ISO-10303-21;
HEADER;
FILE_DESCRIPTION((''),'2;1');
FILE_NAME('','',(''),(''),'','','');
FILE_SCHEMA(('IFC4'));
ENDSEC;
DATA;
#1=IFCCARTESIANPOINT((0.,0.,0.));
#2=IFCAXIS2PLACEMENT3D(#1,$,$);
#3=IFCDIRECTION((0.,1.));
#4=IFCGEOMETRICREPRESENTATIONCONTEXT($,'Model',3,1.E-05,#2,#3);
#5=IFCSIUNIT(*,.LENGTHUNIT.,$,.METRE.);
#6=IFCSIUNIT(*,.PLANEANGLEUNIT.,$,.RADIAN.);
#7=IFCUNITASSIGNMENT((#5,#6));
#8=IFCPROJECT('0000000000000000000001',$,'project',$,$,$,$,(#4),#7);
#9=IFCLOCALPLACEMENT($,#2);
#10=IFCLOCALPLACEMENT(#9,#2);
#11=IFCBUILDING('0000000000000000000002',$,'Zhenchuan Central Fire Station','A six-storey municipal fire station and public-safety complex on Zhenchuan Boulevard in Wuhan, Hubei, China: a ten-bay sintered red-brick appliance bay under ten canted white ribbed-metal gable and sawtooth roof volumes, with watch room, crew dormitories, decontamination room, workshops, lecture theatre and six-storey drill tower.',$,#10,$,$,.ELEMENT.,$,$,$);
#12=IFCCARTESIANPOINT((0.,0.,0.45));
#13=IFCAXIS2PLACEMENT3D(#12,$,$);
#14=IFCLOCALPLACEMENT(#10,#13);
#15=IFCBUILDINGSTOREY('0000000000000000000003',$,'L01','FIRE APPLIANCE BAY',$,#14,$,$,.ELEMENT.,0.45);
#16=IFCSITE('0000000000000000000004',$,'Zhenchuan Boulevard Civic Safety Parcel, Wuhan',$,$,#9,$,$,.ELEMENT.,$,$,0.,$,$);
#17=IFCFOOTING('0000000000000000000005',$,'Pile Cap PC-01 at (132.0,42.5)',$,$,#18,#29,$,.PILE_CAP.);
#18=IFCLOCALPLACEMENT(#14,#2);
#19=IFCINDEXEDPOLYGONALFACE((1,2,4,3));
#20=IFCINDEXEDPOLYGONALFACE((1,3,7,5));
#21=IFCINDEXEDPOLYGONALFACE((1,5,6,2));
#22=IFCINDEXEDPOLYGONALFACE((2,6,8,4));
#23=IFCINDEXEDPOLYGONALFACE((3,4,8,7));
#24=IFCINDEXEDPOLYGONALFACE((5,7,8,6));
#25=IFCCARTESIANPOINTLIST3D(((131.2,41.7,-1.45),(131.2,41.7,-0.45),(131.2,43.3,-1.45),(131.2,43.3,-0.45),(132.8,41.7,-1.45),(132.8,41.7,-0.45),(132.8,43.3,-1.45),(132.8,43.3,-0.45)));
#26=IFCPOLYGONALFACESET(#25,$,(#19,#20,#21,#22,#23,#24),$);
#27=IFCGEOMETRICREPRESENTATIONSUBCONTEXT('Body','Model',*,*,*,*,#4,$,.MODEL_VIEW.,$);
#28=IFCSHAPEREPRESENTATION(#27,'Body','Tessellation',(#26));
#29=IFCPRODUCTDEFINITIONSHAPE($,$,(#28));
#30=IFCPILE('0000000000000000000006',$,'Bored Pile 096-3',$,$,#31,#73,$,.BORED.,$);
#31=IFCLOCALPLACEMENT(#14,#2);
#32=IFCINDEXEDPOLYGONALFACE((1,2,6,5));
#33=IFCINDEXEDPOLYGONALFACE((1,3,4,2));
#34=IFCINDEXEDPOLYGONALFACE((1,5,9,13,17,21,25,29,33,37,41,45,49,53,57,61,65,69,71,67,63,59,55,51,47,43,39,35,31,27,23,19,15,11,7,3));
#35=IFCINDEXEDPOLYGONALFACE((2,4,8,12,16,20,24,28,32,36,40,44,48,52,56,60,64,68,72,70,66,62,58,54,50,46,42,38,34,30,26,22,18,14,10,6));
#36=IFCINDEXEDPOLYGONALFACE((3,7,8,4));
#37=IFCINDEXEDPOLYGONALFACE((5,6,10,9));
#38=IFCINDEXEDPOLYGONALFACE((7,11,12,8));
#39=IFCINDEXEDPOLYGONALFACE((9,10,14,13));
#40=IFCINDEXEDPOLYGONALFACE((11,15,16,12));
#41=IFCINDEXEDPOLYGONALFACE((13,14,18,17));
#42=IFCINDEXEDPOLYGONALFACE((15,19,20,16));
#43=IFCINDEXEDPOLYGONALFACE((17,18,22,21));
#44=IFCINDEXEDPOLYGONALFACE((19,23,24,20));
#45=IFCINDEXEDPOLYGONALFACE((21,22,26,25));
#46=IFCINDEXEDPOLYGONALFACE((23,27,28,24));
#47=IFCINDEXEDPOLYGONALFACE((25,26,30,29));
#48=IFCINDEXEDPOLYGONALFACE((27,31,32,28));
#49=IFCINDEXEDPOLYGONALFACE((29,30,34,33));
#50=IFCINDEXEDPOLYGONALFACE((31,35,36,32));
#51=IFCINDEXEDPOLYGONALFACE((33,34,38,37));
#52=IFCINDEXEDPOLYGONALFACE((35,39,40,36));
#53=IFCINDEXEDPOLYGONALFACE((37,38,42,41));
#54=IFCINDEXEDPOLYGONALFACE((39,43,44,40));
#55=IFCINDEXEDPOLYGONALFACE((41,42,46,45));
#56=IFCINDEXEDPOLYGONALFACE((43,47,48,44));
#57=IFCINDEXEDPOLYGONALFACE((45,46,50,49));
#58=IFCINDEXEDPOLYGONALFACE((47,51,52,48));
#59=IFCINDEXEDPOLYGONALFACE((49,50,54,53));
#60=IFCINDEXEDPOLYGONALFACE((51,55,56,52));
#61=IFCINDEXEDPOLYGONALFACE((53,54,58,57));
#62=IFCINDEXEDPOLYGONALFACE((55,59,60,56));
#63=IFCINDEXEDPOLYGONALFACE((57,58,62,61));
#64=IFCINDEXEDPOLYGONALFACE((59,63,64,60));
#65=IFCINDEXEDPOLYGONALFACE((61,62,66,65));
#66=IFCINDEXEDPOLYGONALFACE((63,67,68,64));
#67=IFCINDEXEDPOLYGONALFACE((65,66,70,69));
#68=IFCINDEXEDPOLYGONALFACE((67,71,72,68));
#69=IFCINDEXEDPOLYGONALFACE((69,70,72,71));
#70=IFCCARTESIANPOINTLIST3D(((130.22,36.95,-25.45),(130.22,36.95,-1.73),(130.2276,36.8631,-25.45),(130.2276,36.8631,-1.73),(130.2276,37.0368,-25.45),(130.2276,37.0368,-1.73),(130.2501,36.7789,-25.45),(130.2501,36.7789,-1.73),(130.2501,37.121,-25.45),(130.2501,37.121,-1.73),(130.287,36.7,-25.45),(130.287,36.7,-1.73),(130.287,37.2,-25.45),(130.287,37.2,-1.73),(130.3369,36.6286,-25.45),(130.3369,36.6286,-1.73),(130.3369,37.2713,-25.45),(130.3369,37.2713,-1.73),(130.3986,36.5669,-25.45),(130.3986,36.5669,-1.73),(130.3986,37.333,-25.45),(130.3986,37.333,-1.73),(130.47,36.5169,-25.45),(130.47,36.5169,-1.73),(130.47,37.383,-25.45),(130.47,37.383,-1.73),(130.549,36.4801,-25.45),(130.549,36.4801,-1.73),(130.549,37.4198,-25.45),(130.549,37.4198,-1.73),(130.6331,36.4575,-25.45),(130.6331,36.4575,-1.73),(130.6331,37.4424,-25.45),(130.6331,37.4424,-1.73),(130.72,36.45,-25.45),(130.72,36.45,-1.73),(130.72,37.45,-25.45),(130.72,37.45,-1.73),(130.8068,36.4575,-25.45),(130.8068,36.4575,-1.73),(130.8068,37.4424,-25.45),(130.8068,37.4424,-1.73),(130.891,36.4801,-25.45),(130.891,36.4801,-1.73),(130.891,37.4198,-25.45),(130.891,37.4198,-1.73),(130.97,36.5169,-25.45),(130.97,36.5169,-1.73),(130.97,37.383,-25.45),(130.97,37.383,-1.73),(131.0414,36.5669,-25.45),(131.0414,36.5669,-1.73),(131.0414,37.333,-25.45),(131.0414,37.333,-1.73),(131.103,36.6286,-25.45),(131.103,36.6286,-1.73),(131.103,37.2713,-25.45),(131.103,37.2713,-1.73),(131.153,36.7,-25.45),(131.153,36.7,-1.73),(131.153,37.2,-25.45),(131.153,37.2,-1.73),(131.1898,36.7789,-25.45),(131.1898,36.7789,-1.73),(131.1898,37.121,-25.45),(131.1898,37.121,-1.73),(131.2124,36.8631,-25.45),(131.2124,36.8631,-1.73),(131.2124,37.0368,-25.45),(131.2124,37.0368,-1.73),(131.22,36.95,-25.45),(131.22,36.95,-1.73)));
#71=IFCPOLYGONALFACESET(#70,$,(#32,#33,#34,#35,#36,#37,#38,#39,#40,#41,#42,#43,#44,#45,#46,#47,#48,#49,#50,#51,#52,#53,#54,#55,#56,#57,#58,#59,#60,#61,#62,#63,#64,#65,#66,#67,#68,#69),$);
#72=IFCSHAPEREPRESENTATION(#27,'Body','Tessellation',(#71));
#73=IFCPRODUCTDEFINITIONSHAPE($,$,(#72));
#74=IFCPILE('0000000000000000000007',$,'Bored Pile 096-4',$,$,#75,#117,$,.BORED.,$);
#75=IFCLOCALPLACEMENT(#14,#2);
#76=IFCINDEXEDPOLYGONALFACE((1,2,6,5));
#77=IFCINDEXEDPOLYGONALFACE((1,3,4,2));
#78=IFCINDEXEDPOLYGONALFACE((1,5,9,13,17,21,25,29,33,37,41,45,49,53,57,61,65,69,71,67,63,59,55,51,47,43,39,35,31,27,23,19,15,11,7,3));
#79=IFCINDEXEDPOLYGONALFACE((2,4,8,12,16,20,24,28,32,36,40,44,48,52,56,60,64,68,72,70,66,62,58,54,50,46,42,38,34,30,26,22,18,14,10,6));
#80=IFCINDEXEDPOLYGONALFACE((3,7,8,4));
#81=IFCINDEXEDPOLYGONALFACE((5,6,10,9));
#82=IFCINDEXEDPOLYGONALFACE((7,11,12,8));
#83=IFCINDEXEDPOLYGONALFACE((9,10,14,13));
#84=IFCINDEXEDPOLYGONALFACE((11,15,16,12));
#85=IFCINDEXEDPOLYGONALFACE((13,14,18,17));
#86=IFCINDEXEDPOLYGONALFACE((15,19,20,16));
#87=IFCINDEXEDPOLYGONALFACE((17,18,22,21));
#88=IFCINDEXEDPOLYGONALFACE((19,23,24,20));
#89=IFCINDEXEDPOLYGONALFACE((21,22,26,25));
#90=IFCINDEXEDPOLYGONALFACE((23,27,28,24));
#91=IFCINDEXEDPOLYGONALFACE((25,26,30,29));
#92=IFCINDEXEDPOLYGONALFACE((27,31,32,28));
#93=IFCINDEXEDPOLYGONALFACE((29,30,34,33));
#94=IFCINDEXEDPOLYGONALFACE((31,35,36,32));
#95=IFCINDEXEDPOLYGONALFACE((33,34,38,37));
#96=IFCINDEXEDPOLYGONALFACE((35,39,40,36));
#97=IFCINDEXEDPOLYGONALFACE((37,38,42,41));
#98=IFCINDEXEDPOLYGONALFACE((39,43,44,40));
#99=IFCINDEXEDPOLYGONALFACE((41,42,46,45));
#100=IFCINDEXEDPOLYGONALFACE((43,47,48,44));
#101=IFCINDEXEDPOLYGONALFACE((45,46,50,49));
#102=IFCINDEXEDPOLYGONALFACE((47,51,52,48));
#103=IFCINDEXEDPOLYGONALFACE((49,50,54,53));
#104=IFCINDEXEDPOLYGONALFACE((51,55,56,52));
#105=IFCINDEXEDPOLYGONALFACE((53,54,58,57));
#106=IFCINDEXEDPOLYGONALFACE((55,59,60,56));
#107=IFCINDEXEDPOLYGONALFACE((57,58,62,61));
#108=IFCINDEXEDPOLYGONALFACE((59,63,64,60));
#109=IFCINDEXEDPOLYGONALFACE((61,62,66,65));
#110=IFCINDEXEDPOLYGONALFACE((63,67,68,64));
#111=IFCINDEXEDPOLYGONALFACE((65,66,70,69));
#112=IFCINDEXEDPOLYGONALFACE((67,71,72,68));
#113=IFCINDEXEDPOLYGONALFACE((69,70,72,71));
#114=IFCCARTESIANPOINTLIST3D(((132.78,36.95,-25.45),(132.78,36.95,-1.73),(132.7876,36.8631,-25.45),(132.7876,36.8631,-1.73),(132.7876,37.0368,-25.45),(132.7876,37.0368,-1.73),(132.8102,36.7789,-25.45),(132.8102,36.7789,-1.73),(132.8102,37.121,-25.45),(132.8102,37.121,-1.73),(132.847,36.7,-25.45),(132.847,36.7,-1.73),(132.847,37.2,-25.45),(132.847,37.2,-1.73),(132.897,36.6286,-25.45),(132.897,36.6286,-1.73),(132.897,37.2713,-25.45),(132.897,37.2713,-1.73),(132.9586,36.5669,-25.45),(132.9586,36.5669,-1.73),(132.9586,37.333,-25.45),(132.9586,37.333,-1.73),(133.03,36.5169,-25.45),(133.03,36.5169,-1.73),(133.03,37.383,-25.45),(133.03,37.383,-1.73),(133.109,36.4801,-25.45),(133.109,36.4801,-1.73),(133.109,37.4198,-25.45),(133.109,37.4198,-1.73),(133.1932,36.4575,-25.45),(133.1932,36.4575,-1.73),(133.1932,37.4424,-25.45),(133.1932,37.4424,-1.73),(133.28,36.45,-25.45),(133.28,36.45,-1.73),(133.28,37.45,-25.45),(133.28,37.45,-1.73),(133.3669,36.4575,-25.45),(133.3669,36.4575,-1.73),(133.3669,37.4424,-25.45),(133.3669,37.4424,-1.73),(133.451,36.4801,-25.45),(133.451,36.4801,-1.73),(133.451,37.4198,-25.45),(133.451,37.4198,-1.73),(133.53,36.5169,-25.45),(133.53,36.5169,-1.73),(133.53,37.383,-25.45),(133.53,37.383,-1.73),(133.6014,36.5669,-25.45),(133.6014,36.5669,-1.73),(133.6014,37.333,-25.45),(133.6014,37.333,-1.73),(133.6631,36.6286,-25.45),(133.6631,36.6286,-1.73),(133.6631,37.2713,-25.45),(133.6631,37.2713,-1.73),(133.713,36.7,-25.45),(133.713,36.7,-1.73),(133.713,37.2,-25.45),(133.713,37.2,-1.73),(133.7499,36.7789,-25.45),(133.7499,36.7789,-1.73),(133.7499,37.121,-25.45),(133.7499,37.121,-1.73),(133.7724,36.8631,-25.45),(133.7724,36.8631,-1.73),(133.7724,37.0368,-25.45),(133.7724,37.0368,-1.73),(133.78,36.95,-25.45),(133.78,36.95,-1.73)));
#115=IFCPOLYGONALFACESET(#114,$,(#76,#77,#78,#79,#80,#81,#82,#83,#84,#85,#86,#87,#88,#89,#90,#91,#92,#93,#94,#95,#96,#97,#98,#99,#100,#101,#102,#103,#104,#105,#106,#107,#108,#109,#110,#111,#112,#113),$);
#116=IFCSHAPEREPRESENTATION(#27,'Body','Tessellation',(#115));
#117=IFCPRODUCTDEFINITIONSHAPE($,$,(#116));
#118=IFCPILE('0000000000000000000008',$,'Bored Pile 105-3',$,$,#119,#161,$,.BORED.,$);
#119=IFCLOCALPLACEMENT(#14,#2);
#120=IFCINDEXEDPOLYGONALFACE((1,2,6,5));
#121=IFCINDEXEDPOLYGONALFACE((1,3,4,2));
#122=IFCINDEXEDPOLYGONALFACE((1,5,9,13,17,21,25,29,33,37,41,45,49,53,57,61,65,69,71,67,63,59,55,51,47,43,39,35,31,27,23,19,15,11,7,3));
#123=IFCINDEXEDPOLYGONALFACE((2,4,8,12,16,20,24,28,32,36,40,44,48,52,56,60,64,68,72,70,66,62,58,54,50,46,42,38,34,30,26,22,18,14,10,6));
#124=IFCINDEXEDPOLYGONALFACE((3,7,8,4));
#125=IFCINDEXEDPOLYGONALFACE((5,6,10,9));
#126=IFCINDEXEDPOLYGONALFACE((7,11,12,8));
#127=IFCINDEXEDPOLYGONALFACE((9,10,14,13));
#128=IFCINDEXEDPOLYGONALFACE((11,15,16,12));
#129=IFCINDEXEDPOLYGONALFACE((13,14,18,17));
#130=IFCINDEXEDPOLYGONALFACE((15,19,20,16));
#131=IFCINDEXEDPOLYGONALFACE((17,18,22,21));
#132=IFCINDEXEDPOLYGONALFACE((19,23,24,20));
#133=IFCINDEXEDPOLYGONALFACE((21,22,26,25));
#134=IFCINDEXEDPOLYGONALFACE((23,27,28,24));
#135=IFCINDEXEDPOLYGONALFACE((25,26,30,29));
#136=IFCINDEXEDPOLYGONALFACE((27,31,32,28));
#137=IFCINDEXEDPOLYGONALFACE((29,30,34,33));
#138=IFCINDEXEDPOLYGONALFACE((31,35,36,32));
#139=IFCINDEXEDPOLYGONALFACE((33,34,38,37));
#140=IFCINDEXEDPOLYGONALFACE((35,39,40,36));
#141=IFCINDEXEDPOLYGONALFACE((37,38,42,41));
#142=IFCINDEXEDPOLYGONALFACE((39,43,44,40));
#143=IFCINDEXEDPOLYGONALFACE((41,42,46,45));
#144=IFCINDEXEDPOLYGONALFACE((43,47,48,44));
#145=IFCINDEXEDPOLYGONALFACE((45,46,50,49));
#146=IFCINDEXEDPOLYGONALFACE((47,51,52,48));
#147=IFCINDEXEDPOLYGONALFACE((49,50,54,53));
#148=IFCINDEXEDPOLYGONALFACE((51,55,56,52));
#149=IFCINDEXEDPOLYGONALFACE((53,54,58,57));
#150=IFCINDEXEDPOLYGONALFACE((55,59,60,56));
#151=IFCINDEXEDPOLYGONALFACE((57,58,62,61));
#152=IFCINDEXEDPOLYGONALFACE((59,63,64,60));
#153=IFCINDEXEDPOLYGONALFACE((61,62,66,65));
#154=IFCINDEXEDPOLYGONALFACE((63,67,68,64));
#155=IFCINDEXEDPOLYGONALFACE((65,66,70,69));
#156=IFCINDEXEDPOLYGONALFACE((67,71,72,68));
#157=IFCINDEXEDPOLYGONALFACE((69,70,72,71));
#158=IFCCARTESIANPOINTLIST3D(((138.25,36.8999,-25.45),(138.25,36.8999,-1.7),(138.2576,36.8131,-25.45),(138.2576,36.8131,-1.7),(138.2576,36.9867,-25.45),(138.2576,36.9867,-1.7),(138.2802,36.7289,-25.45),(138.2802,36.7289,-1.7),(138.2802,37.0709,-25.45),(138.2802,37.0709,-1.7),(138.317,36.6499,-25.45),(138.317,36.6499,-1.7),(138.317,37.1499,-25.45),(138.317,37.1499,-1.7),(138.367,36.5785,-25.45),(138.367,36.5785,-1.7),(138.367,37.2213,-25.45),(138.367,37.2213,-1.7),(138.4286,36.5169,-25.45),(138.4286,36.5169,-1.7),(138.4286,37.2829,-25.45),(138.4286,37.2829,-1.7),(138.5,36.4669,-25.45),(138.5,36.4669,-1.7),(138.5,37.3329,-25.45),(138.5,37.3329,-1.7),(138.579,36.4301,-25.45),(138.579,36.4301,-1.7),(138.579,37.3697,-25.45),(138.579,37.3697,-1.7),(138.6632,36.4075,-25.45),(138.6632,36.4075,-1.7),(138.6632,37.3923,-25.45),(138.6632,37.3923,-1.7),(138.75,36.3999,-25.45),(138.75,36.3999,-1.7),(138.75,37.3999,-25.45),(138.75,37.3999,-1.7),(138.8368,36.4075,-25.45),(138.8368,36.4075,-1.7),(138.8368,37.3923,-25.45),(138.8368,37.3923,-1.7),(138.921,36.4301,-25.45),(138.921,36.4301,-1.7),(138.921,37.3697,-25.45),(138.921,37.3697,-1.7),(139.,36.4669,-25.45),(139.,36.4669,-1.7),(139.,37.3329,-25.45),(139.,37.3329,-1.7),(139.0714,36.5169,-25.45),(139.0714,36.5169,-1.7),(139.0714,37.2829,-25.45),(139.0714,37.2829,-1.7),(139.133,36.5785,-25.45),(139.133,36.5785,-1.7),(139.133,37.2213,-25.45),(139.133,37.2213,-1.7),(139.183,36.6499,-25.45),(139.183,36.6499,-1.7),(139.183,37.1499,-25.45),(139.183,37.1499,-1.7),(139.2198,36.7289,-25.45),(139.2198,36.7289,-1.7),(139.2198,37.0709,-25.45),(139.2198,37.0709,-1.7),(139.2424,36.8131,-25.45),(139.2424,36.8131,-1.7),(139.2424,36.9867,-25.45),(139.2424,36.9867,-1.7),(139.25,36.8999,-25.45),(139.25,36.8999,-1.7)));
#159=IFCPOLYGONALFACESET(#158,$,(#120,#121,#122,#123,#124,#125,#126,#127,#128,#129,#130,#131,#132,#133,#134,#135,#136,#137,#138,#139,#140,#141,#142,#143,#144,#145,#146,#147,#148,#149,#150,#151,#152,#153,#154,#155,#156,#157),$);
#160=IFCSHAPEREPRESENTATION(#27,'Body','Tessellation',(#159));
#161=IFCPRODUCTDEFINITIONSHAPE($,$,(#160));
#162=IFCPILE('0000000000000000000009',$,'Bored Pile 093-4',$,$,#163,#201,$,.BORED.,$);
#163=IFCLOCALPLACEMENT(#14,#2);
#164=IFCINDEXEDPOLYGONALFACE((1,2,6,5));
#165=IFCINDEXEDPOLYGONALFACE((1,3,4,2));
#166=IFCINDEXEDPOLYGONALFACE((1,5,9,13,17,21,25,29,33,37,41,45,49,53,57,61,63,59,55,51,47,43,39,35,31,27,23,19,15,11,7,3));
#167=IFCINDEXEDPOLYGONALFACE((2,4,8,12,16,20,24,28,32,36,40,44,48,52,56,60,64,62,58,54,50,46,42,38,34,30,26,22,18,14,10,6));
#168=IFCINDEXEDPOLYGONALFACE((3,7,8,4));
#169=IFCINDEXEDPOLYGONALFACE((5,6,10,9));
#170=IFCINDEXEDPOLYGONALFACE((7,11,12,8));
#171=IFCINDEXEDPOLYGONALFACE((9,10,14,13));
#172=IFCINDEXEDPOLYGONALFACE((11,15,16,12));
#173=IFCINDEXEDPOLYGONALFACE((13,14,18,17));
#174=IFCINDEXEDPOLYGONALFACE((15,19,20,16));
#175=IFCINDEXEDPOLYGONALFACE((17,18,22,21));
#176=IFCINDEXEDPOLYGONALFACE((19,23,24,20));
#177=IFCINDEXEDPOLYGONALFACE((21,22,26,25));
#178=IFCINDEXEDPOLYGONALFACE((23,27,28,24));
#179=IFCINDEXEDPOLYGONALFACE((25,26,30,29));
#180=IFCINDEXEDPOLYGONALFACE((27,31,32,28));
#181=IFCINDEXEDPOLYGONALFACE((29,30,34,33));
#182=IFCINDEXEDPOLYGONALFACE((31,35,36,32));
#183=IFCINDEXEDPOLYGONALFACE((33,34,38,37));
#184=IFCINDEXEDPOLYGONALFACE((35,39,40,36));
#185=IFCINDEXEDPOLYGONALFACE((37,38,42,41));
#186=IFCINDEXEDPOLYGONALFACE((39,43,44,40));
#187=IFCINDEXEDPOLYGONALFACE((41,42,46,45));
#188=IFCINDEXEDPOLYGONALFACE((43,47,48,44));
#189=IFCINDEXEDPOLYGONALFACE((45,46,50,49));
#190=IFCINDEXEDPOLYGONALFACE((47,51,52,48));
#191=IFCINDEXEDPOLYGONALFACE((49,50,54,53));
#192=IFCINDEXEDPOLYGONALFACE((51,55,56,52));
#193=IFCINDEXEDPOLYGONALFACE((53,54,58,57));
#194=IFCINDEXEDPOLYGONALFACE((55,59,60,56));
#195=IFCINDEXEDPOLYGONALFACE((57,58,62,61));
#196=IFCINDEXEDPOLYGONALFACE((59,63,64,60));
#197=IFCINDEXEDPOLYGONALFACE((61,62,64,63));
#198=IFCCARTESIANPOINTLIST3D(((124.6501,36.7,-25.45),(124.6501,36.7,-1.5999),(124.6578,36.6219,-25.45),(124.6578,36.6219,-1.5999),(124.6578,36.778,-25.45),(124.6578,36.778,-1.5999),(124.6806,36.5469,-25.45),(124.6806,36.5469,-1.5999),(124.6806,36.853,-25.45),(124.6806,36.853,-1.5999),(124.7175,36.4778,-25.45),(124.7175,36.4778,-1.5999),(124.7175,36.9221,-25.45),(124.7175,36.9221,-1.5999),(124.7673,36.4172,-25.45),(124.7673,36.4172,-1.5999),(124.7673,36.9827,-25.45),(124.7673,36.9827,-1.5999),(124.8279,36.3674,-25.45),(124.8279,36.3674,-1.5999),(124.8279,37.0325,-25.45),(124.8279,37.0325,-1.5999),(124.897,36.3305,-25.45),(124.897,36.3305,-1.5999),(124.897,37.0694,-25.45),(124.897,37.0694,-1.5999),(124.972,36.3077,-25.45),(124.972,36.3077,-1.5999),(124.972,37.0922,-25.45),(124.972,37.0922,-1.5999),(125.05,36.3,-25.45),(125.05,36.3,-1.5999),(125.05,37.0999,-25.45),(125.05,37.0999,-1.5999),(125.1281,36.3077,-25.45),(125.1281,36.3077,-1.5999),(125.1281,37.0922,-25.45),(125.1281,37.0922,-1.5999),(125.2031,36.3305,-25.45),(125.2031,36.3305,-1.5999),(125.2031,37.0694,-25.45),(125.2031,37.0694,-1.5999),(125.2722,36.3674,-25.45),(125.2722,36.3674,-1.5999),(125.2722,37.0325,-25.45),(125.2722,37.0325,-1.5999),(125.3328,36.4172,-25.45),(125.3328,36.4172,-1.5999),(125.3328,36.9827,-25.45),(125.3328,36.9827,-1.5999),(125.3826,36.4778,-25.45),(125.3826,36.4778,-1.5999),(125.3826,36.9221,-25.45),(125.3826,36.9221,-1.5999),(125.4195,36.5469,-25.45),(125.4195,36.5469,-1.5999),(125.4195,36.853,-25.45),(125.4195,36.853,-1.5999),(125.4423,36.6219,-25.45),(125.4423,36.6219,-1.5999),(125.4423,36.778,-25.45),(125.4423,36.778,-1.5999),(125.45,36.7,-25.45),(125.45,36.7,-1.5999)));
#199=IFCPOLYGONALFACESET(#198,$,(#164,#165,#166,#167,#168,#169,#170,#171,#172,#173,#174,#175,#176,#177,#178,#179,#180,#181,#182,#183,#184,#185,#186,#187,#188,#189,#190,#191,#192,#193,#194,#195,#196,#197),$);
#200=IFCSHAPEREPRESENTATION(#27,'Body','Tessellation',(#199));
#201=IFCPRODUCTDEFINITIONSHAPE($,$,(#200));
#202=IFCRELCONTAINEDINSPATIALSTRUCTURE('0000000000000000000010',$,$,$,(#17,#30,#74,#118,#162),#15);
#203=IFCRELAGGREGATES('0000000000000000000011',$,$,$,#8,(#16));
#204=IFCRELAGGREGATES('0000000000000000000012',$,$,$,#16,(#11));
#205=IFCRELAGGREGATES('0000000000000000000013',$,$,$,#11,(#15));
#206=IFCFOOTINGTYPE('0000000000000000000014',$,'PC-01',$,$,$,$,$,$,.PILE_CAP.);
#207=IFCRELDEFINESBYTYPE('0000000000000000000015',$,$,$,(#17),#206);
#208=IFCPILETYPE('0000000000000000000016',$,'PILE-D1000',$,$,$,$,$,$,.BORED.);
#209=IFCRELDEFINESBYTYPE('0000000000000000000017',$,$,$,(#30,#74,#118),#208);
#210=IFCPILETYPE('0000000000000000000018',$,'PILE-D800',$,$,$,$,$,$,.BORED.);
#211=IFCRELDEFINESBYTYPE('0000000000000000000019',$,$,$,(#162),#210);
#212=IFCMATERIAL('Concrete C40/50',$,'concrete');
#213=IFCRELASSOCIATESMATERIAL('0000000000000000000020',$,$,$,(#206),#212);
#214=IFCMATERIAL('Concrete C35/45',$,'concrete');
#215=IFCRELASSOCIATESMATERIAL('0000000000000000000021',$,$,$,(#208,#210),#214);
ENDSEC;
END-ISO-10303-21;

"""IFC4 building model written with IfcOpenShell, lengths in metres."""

from ifc_helpers import new_model, si_unit, direction, frame, origin, origin_2d, place, context, subcontext, project, spatial, rectangle, circle, extrude, material, material_profile, profile_set, type_object, element, save


model = new_model("IFC4")

# Units and contexts
model_context = context("Model", 3, precision=1e-05, world=origin(), true_north=direction((0.0, 1.0)))
body_context = subcontext(model_context, "Body", "Model", "MODEL_VIEW")
ifc_project = project(units=[si_unit("LENGTHUNIT", "METRE"), si_unit("PLANEANGLEUNIT", "RADIAN")], contexts=[model_context])

# Site, building, storey
site_placement = place(None, origin())
site = spatial("IfcSite", under=ifc_project, at=site_placement, Name="Zhenchuan Boulevard Civic Safety Parcel, Wuhan", CompositionType="ELEMENT", RefElevation=0.0)
building_placement = place(site_placement, origin())
building = spatial("IfcBuilding", under=site, at=building_placement, Name="Zhenchuan Central Fire Station", Description="A six-storey municipal fire station and public-safety complex on Zhenchuan Boulevard in Wuhan, Hubei, China: a ten-bay sintered red-brick appliance bay under ten canted white ribbed-metal gable and sawtooth roof volumes, with watch room, crew dormitories, decontamination room, workshops, lecture theatre and six-storey drill tower.", CompositionType="ELEMENT")
storey_placement = place(building_placement, frame((0.0, 0.0, 0.45)))
storey = spatial("IfcBuildingStorey", under=building, at=storey_placement, Name="L01", Description="FIRE APPLIANCE BAY", CompositionType="ELEMENT", Elevation=0.45)

# Footing
ifc_material_1 = material(Name="Concrete C40/50", Category="concrete")
footing_type = type_object("IfcFootingType", Name="PC-01", PredefinedType="PILE_CAP", material=ifc_material_1)
footing_placement = place(storey_placement, frame((132.0, 42.5, -1.45), z_axis=(0.0, 0.0, 1.0), x_axis=(1.0, 0.0, 0.0)))
element("IfcFooting", 1, at=footing_placement, inside=storey, type_object=footing_type, Name="Pile Cap PC-01 at (132.0,42.5)", PredefinedType="PILE_CAP", context=body_context, shape_type="SweptSolid", body=[
    extrude(rectangle(XDim=1.6001, YDim=1.6001, at=origin_2d()), origin(), (0.0, 0.0, 1.0), 1.0),
])

# Piles
ifc_material_2 = material(Name="Concrete C35/45", Category="concrete")
ifc_material_profile_1 = material_profile(ifc_material_2, circle(Radius=0.5, at=origin_2d()), Name="PILE D1000")
ifc_profile_set_1 = profile_set([ifc_material_profile_1], Name="Concrete C35/45")
pile_type_1 = type_object("IfcPileType", Name="PILE-D1000", PredefinedType="BORED", material=ifc_profile_set_1)
for number, where, z_axis, x_axis, name in (
    (2, (130.72, 36.95, -1.73), (0.0, 0.0, -1.0), (1.0, 0.0, 0.0), "Bored Pile 096-3"),
    (3, (133.28, 36.95, -1.73), (0.0, 0.0, -1.0), (1.0, 0.0, 0.0), "Bored Pile 096-4"),
):
    element("IfcPile", number, at=place(storey_placement, frame(where, z_axis=z_axis, x_axis=x_axis)), inside=storey, type_object=pile_type_1, Name=name, PredefinedType="BORED", context=body_context, shape_type="SweptSolid", body=[
        extrude(circle(Radius=0.5, at=origin_2d()), origin(), (0.0, 0.0, 1.0), 23.72),
    ])
pile_1_placement = place(storey_placement, frame((138.75, 36.8999, -1.7), z_axis=(0.0, 0.0, -1.0), x_axis=(1.0, 0.0, 0.0)))
element("IfcPile", 4, at=pile_1_placement, inside=storey, type_object=pile_type_1, Name="Bored Pile 105-3", PredefinedType="BORED", context=body_context, shape_type="SweptSolid", body=[
    extrude(circle(Radius=0.5, at=origin_2d()), origin(), (0.0, 0.0, 1.0), 23.75),
])
ifc_material_profile_2 = material_profile(ifc_material_2, circle(Radius=0.3999, at=origin_2d()), Name="PILE D800")
ifc_profile_set_2 = profile_set([ifc_material_profile_2], Name="Concrete C35/45")
pile_type_2 = type_object("IfcPileType", Name="PILE-D800", PredefinedType="BORED", material=ifc_profile_set_2)
pile_2_placement = place(storey_placement, frame((125.05, 36.7, -1.5999), z_axis=(0.0, 0.0, -1.0), x_axis=(1.0, 0.0, 0.0)))
element("IfcPile", 5, at=pile_2_placement, inside=storey, type_object=pile_type_2, Name="Bored Pile 093-4", PredefinedType="BORED", context=body_context, shape_type="SweptSolid", body=[
    extrude(circle(Radius=0.3999, at=origin_2d()), origin(), (0.0, 0.0, 1.0), 23.8501),
])

save(model, "model.ifc")
